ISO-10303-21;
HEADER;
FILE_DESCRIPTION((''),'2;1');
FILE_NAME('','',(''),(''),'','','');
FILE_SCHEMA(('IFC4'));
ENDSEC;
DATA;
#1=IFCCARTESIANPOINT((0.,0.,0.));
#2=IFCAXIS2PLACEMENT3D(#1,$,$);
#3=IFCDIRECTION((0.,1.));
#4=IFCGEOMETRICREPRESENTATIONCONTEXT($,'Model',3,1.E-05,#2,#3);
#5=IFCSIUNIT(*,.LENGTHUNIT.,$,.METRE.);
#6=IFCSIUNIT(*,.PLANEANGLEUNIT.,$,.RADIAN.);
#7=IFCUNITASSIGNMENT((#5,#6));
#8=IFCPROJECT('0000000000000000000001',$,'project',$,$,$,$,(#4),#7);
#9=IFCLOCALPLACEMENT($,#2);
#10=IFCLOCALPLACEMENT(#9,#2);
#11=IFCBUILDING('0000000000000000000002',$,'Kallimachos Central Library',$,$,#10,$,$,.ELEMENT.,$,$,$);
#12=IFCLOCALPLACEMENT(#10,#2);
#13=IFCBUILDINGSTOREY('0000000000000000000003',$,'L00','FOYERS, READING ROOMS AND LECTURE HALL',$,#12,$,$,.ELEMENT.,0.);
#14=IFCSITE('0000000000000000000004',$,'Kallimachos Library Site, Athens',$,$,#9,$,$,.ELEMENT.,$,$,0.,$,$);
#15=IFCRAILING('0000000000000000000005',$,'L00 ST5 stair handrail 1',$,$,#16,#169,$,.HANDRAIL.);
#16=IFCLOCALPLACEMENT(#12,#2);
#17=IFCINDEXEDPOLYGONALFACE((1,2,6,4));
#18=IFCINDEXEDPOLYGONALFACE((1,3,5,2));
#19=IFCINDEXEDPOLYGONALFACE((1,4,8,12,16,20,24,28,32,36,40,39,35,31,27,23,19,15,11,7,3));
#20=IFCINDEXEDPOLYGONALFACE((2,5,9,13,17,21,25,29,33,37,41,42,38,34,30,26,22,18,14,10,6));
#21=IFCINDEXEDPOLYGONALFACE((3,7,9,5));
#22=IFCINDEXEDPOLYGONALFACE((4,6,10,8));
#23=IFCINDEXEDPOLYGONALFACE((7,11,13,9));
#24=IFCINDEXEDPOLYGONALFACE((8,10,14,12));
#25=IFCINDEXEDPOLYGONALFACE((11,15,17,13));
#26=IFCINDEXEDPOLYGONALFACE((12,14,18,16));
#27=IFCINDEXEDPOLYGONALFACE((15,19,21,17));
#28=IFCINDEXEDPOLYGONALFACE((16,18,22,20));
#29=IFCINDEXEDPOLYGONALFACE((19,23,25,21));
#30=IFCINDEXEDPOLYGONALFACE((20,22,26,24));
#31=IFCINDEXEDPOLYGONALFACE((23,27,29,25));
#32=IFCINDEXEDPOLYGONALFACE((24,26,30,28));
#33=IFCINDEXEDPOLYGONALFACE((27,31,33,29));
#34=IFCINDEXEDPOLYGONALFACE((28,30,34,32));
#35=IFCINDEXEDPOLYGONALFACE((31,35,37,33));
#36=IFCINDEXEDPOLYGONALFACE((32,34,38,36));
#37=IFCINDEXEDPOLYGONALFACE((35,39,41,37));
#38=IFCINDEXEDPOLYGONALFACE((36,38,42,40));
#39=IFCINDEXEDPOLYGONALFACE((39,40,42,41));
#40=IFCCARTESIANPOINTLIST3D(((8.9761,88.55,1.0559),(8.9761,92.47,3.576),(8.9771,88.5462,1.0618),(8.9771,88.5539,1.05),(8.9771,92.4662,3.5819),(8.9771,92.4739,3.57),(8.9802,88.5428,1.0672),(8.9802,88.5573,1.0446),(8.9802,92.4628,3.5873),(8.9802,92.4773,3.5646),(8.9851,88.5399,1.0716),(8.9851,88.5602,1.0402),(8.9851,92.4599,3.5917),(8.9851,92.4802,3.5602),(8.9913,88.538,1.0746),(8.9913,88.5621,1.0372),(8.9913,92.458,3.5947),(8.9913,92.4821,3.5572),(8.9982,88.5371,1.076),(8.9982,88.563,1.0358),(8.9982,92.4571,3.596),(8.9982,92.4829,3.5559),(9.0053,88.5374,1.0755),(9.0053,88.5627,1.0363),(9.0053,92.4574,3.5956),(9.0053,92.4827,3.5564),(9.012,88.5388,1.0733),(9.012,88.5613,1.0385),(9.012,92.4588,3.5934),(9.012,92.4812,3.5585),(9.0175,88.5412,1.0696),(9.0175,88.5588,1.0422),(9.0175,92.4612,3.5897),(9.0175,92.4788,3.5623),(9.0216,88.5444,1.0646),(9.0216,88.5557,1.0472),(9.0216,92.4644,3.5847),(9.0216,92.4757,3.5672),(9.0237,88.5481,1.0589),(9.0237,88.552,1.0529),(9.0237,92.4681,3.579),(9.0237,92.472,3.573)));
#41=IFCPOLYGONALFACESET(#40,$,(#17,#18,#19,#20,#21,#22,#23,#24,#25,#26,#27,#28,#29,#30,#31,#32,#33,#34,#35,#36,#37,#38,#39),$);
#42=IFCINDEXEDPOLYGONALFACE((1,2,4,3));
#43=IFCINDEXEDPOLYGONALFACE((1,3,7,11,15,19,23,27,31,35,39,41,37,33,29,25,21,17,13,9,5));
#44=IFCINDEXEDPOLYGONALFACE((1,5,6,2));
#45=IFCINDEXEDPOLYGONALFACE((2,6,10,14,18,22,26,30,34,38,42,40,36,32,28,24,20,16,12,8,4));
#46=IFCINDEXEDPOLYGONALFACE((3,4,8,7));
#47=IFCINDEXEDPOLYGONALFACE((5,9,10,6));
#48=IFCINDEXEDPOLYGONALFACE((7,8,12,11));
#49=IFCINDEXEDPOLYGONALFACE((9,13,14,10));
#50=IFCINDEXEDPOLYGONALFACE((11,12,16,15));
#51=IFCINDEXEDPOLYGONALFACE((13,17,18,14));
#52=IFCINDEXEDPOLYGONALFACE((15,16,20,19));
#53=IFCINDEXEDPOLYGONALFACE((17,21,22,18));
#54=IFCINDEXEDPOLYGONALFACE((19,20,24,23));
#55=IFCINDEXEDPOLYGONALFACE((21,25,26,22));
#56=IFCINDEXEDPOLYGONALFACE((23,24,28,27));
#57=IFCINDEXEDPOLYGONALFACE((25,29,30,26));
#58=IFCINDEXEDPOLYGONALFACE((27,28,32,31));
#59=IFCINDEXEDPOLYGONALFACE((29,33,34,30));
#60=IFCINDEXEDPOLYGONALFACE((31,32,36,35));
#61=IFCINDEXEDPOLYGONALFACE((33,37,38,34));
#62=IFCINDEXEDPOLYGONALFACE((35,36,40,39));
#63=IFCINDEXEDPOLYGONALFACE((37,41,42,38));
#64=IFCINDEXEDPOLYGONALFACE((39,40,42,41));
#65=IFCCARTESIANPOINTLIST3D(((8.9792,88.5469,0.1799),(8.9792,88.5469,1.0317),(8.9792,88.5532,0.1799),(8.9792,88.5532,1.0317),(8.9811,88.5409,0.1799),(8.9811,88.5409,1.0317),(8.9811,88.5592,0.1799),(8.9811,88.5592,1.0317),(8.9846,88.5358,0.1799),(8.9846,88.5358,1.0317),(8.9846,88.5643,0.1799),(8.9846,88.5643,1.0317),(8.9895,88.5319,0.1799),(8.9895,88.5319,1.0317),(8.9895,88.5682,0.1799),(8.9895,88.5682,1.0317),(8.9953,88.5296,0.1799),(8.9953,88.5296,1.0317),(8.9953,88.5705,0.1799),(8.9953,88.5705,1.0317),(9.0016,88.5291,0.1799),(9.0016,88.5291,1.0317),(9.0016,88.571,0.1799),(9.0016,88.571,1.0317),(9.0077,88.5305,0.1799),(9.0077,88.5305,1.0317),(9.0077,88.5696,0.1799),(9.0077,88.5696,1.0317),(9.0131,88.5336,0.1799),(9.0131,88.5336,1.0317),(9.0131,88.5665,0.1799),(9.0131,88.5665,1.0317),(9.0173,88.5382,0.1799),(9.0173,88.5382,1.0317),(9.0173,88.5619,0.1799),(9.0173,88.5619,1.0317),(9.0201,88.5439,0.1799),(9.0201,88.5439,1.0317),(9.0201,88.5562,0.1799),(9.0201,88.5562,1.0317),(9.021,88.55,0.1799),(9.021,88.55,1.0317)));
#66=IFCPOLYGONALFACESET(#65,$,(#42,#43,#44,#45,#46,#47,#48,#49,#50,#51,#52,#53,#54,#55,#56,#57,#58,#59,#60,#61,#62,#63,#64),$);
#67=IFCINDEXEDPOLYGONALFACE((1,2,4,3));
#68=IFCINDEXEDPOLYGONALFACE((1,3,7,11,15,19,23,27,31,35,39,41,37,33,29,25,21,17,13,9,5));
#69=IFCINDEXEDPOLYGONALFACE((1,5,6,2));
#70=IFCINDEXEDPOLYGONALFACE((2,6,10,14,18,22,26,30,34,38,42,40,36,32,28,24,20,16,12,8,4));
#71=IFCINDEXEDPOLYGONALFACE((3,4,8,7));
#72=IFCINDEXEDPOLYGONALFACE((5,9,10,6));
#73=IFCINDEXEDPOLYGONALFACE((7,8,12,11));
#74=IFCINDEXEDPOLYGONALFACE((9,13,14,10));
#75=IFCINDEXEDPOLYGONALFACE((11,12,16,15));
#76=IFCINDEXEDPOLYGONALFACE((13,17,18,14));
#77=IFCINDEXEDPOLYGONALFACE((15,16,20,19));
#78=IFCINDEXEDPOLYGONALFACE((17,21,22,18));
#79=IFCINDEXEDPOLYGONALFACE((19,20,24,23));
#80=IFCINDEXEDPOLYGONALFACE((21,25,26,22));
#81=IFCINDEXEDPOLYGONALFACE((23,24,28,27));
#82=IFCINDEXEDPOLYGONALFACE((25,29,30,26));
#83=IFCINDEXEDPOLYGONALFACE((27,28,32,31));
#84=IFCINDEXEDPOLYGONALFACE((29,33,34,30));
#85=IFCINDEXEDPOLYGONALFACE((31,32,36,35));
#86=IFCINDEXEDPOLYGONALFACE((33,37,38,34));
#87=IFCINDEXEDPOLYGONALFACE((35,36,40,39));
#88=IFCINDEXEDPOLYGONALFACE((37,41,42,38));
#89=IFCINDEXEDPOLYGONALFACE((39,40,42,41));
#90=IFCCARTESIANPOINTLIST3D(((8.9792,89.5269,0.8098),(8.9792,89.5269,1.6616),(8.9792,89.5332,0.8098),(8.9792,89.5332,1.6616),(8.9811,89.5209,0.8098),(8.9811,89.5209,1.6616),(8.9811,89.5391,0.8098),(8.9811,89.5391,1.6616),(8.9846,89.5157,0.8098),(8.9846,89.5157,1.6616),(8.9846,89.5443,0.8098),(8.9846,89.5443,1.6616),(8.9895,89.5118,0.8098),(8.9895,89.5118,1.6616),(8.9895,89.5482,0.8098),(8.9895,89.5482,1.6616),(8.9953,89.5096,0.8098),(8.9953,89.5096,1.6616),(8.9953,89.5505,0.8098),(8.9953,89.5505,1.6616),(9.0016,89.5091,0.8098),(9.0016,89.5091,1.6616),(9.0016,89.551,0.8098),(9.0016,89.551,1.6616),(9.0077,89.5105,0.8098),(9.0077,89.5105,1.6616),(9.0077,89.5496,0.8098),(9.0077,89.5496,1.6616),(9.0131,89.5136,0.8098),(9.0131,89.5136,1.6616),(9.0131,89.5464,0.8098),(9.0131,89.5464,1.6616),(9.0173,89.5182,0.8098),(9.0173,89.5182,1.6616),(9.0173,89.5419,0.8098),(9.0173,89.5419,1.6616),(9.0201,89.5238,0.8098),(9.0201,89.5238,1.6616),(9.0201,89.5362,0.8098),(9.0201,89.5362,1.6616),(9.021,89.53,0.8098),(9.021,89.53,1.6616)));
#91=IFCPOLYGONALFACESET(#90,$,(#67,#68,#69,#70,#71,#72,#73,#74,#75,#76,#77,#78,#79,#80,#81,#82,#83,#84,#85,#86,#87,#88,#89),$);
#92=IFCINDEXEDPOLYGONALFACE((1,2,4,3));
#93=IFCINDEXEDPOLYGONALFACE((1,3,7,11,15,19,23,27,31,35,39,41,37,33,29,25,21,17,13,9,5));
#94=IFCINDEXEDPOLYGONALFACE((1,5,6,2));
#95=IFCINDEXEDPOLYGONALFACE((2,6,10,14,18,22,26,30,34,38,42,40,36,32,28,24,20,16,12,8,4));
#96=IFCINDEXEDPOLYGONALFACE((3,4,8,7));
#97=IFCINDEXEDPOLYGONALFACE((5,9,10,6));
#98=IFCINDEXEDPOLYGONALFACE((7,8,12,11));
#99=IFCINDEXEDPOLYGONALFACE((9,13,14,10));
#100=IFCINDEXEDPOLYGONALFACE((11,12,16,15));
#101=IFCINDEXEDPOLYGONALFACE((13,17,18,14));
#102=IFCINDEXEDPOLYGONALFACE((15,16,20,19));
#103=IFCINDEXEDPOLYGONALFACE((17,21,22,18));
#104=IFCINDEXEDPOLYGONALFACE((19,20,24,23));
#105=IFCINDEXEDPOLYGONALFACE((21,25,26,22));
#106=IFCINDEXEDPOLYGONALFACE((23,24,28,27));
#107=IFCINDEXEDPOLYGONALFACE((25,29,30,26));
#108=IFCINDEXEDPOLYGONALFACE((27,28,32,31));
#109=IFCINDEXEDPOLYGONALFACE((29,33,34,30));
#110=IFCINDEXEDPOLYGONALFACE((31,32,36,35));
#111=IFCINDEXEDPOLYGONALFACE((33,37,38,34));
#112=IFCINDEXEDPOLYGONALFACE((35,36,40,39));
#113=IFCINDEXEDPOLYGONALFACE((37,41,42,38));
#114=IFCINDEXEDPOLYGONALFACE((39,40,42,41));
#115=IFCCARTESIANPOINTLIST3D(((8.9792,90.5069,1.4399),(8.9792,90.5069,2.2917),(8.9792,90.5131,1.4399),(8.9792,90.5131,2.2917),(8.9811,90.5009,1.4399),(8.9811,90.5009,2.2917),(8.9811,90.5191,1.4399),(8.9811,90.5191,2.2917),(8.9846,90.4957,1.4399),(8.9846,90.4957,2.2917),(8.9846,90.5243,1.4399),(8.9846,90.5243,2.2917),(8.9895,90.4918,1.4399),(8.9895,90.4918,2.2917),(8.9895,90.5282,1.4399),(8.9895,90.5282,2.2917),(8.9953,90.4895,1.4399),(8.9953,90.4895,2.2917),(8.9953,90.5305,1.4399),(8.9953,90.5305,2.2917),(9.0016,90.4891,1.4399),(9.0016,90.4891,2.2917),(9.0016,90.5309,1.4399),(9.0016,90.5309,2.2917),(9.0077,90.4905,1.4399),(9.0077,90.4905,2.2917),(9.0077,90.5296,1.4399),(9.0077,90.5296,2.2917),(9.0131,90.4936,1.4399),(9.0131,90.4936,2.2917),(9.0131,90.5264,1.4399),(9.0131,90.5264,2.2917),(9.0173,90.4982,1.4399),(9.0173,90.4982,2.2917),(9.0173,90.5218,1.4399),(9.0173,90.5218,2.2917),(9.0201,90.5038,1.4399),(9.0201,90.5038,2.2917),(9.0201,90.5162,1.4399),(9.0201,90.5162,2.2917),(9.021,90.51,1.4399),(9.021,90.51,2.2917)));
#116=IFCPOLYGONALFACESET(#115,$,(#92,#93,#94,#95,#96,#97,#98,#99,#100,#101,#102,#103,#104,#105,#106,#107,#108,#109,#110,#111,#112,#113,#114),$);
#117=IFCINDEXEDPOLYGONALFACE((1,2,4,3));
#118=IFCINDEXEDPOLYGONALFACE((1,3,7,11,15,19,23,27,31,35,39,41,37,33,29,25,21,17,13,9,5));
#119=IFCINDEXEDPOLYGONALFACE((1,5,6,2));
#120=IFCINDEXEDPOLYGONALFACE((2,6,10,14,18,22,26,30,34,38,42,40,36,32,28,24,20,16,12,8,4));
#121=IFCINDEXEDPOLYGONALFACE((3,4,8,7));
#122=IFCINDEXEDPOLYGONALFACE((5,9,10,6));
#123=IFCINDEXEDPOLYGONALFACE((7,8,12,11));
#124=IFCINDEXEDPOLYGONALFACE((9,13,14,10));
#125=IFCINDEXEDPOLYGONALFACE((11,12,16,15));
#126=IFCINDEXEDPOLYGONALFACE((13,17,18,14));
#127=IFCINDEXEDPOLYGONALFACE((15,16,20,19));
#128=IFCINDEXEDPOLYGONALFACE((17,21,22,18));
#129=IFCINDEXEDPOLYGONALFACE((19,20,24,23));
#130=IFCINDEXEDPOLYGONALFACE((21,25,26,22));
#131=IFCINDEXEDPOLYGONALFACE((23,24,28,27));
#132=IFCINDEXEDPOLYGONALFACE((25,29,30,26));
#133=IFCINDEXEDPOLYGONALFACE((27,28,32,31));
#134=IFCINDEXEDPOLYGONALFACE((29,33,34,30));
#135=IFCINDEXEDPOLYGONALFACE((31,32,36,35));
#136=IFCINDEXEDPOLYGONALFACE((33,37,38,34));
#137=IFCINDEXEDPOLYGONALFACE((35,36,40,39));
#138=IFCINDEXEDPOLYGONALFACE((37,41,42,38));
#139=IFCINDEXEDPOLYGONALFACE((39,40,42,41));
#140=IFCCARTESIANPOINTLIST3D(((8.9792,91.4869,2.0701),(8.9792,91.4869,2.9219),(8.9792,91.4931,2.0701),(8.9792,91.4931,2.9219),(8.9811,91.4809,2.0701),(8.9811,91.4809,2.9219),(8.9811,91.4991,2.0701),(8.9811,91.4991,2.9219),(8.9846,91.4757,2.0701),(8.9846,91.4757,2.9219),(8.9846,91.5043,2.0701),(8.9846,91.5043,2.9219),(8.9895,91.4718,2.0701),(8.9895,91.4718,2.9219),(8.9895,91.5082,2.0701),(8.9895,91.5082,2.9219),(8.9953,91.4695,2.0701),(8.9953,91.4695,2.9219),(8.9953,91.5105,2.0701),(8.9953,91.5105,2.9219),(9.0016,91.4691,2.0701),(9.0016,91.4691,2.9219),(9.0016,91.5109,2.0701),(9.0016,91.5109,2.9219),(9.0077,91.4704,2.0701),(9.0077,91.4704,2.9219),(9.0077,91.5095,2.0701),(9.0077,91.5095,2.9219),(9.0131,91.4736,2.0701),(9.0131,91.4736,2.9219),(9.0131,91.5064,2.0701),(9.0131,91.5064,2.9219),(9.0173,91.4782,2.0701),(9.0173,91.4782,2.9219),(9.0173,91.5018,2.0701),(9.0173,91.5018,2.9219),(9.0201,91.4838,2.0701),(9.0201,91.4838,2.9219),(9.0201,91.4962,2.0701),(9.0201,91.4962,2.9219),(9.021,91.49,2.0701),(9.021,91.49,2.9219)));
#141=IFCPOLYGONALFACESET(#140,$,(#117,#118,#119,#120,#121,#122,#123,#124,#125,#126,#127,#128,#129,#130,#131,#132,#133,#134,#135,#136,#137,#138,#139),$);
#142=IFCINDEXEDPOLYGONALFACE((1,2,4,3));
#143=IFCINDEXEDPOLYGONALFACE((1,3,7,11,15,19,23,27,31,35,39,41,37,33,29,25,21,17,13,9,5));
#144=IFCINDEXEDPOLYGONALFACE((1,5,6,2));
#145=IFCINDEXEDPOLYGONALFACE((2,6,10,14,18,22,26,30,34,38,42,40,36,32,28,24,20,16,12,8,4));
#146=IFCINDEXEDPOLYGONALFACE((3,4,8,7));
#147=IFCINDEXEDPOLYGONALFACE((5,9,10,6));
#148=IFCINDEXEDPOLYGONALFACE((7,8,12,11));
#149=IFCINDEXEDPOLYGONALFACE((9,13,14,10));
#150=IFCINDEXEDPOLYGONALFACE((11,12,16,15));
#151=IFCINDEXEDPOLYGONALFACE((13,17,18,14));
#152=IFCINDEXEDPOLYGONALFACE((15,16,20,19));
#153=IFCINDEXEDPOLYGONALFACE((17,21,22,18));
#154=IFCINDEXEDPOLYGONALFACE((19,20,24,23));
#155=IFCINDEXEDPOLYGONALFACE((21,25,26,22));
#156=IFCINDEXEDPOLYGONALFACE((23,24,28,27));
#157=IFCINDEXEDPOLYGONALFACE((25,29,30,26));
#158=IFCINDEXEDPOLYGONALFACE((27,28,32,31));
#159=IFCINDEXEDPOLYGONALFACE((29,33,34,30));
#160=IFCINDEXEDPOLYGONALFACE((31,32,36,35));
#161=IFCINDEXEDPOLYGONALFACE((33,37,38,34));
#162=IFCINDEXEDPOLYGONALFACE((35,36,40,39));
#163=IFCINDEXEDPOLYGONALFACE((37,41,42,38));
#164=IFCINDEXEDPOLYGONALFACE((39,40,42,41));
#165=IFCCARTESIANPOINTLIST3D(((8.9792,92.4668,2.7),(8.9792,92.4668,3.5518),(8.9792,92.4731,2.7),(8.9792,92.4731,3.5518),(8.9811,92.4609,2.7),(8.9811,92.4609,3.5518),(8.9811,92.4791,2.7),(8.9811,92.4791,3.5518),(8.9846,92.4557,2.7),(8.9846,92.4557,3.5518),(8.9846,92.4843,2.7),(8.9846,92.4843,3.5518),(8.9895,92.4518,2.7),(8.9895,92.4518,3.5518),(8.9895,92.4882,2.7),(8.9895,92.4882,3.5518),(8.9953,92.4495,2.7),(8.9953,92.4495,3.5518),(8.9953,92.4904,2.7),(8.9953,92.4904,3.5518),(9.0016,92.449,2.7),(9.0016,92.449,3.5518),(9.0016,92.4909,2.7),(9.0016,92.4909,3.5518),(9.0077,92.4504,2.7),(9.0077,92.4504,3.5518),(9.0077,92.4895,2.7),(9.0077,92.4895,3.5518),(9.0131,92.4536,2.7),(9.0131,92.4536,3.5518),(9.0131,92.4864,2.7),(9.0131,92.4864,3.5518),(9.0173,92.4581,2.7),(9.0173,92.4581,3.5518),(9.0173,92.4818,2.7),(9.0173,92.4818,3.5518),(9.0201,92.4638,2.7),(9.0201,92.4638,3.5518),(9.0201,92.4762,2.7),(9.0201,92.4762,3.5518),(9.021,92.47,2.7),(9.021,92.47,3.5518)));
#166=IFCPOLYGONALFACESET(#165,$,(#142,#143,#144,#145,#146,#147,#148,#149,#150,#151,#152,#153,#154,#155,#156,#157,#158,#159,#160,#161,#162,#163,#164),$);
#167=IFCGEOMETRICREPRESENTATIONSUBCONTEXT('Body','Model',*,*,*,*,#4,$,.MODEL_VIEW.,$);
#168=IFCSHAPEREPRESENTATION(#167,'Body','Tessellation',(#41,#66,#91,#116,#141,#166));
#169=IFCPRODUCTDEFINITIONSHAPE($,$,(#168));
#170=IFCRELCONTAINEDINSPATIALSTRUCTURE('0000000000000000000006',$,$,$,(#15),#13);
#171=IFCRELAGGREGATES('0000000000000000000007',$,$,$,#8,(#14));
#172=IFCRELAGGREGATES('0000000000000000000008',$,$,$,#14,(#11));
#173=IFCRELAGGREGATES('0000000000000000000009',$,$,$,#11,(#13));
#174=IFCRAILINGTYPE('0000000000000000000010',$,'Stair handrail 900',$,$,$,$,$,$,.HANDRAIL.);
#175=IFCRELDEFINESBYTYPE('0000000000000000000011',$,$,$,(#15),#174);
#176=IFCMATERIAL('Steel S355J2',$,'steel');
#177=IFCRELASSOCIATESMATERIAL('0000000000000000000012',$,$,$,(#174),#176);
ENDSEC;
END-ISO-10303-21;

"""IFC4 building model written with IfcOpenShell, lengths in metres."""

from ifc_helpers import new_model, si_unit, direction, frame, origin, origin_2d, place, context, subcontext, project, spatial, circle, extrude, material, type_object, element, save


model = new_model("IFC4")

# Units and contexts
model_context = context("Model", 3, precision=1e-05, world=origin(), true_north=direction((0.0, 1.0)))
body_context = subcontext(model_context, "Body", "Model", "MODEL_VIEW")
ifc_project = project(units=[si_unit("LENGTHUNIT", "METRE"), si_unit("PLANEANGLEUNIT", "RADIAN")], contexts=[model_context])

# Site, building, storey
site_placement = place(None, origin())
site = spatial("IfcSite", under=ifc_project, at=site_placement, Name="Kallimachos Library Site, Athens", CompositionType="ELEMENT", RefElevation=0.0)
building_placement = place(site_placement, origin())
building = spatial("IfcBuilding", under=site, at=building_placement, Name="Kallimachos Central Library", CompositionType="ELEMENT")
storey_placement = place(building_placement, origin())
storey = spatial("IfcBuildingStorey", under=building, at=storey_placement, Name="L00", Description="FOYERS, READING ROOMS AND LECTURE HALL", CompositionType="ELEMENT", Elevation=0.0)

# Railing
ifc_material_1 = material(Name="Steel S355J2", Category="steel")
railing_type_1 = type_object("IfcRailingType", Name="Stair handrail 900", PredefinedType="HANDRAIL", material=ifc_material_1)
railing_1_placement = place(storey_placement, frame((9.0, 88.55, 0.1799)))
element("IfcRailing", 1, at=railing_1_placement, inside=storey, type_object=railing_type_1, Name="L00 ST5 stair handrail 1", PredefinedType="HANDRAIL", context=body_context, shape_type="SweptSolid", body=[
    extrude(circle(Radius=0.0239, at=origin_2d()), frame((0.0, 0.0, 0.876), z_axis=(0.0, 0.841172, 0.540768), x_axis=(-1.0, 0.0, 0.0)), (0.0, 0.0, 1.0), 4.6602),
    extrude(circle(Radius=0.021, at=origin_2d()), origin(), (0.0, 0.0, 1.0), 0.8518),
    extrude(circle(Radius=0.021, at=origin_2d()), frame((0.0, 0.98, 0.6299)), (0.0, 0.0, 1.0), 0.8518),
    extrude(circle(Radius=0.021, at=origin_2d()), frame((0.0, 1.96, 1.26)), (0.0, 0.0, 1.0), 0.8518),
    extrude(circle(Radius=0.021, at=origin_2d()), frame((0.0, 2.9399, 1.8901)), (0.0, 0.0, 1.0), 0.8518),
    extrude(circle(Radius=0.021, at=origin_2d()), frame((0.0, 3.9199, 2.52)), (0.0, 0.0, 1.0), 0.8518),
])

save(model, "model.ifc")
